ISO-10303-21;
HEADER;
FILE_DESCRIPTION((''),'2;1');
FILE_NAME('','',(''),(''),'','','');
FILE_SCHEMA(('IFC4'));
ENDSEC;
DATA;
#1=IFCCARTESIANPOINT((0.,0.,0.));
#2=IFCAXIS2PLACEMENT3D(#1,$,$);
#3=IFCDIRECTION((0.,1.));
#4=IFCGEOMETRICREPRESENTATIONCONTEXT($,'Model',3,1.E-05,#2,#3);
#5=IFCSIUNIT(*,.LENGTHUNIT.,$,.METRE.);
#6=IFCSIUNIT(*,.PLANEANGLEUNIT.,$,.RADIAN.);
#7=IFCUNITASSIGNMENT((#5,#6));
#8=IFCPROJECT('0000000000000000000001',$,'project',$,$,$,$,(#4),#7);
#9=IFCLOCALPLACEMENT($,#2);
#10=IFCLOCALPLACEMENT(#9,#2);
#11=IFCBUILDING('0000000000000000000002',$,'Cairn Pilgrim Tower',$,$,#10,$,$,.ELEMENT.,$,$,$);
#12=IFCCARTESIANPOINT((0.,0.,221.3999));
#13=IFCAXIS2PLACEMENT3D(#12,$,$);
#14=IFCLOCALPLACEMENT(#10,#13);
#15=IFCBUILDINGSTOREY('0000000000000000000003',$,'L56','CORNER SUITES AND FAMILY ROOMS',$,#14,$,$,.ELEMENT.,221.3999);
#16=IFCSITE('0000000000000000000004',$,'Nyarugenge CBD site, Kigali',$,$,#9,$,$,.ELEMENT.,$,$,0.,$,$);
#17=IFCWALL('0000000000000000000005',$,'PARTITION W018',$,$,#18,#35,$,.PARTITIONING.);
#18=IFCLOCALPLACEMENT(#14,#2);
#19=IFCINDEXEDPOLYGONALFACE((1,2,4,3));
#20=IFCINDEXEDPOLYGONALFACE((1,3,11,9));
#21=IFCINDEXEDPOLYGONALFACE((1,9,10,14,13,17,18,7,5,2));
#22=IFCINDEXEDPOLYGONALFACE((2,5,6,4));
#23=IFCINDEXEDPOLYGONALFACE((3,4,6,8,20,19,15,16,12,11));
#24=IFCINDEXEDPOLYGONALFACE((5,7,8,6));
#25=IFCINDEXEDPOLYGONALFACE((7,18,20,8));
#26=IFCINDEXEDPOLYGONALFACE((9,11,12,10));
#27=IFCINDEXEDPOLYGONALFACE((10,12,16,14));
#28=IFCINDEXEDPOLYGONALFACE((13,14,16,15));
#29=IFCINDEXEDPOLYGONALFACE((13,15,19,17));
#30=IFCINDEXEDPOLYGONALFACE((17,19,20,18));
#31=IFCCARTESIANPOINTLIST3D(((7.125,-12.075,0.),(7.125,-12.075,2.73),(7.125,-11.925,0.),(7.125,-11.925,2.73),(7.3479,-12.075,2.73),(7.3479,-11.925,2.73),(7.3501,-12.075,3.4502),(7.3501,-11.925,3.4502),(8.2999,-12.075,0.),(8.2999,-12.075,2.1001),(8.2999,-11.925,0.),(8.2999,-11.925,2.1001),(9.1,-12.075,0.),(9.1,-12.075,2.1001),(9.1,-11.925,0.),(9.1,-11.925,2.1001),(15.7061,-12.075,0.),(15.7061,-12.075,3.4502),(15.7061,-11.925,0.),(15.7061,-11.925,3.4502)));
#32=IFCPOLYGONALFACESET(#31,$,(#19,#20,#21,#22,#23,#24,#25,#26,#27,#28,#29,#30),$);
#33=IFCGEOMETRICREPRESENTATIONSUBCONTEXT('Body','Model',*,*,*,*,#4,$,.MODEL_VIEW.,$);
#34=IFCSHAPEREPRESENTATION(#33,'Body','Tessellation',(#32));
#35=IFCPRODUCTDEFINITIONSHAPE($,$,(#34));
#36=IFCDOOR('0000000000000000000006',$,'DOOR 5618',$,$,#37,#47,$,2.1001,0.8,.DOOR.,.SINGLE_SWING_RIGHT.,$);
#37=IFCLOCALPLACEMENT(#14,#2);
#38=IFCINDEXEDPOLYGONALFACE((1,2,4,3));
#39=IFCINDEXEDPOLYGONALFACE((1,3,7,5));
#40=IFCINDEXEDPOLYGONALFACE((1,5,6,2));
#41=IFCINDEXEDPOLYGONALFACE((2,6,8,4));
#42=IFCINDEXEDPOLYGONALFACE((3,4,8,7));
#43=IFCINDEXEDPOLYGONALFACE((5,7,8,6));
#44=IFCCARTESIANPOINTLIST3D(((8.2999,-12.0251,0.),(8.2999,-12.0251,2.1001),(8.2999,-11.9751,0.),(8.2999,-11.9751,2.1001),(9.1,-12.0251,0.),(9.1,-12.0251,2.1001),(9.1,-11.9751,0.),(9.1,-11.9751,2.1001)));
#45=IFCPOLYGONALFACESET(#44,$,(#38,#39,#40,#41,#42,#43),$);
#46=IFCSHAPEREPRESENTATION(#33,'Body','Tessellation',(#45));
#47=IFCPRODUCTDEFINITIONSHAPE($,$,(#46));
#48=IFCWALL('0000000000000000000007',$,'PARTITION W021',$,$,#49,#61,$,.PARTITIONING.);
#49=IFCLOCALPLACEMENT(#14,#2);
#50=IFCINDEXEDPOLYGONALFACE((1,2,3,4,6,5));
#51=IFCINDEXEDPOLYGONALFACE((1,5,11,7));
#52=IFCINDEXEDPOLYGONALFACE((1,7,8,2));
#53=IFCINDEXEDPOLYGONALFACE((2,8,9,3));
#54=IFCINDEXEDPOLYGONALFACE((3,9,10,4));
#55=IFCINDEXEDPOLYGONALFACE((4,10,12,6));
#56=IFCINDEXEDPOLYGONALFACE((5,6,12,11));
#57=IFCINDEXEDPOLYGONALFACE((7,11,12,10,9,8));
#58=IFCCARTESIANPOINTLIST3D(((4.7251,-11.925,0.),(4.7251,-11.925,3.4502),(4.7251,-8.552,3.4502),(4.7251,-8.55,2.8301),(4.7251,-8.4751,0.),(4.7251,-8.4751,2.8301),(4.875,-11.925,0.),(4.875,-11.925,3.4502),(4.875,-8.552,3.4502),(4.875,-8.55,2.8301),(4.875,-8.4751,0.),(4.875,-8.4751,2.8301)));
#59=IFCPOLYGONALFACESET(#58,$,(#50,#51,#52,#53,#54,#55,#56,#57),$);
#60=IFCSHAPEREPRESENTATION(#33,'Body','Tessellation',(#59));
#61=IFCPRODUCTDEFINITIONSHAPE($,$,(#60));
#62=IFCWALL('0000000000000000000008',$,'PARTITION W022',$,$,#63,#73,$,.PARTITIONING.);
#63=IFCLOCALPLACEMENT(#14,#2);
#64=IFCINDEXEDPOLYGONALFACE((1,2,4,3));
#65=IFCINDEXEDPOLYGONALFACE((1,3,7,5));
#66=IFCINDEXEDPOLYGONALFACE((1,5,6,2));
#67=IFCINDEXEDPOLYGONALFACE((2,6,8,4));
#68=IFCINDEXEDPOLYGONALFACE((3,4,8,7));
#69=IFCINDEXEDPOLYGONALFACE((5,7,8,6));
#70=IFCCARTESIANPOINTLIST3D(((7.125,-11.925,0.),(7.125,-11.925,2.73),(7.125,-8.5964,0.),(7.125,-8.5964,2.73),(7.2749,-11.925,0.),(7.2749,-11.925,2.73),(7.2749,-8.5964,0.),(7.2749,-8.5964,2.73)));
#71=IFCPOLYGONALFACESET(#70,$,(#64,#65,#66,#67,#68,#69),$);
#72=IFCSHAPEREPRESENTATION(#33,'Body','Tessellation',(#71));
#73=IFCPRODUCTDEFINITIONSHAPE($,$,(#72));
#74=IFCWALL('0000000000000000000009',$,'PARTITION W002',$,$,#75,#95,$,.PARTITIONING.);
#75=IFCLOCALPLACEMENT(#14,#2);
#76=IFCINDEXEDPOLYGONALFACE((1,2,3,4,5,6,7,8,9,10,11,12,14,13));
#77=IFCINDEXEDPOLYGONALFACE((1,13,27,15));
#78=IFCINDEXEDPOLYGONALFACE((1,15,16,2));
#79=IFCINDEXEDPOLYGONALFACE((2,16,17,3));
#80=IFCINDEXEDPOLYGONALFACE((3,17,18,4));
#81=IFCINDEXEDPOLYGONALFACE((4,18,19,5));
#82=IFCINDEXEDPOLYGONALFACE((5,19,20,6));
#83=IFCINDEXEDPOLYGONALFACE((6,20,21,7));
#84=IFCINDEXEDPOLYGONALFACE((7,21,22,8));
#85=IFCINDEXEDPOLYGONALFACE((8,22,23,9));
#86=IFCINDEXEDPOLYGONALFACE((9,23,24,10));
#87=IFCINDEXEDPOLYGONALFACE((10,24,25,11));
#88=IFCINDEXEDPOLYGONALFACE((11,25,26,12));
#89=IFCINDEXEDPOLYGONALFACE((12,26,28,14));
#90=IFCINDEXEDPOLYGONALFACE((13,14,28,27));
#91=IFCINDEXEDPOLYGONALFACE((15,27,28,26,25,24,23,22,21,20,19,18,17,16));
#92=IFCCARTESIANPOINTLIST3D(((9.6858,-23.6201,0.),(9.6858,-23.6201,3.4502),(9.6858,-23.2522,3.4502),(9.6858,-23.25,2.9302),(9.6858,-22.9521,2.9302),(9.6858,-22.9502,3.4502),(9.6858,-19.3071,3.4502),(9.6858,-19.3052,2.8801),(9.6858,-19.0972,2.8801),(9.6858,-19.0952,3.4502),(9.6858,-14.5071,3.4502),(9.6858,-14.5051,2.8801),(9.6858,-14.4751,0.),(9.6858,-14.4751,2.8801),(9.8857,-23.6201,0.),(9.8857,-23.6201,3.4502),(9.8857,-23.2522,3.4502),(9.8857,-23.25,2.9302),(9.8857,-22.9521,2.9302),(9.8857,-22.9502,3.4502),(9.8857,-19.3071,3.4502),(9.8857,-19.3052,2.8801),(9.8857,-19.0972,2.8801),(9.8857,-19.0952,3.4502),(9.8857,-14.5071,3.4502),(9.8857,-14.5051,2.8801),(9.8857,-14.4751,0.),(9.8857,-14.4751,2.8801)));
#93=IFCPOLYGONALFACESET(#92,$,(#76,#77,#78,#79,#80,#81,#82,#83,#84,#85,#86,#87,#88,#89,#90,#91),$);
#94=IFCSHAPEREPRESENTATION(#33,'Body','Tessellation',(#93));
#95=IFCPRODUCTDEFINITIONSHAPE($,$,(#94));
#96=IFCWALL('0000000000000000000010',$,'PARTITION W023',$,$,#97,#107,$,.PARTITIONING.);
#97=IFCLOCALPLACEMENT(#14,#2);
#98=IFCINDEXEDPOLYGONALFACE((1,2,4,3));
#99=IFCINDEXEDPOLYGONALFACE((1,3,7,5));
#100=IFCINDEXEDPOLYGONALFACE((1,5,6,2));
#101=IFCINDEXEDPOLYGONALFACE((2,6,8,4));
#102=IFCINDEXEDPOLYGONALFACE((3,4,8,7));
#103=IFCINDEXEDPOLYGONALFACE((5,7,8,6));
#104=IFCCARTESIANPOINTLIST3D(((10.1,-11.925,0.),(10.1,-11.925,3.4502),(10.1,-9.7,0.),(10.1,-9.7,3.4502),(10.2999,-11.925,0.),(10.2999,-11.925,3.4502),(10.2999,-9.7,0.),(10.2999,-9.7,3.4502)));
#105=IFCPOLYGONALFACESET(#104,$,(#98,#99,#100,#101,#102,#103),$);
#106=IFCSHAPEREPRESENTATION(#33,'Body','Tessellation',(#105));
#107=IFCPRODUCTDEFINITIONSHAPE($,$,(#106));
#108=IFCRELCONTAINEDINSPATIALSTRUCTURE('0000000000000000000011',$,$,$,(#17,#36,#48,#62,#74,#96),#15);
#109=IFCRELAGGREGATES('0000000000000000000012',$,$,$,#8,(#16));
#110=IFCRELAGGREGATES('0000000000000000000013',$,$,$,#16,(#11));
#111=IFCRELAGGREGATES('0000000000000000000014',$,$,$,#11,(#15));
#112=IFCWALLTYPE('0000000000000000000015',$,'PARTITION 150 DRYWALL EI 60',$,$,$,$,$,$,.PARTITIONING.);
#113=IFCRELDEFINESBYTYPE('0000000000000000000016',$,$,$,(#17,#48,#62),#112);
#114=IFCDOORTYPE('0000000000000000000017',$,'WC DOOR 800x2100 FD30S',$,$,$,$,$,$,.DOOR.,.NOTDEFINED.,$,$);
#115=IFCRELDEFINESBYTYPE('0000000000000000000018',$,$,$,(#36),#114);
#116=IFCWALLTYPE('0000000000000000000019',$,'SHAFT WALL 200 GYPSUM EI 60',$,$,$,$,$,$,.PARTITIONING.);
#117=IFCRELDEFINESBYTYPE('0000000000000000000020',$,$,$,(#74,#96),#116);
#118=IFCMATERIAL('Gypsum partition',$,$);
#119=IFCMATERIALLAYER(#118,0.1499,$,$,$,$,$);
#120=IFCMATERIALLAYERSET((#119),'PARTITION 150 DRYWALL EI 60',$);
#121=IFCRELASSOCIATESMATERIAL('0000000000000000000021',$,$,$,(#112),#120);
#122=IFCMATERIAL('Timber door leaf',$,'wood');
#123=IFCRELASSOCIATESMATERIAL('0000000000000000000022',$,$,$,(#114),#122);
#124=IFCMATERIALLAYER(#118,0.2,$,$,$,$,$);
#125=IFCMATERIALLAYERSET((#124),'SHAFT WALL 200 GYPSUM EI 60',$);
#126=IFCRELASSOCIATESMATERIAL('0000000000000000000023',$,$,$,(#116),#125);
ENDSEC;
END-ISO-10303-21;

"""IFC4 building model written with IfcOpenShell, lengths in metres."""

from ifc_helpers import new_model, si_unit, direction, frame, frame_2d, origin, place, context, subcontext, project, spatial, polyline, rectangle, outline, extrude, material, layer, layer_set, type_object, element, fill, save


model = new_model("IFC4")

# Units and contexts
model_context = context("Model", 3, precision=1e-05, world=origin(), true_north=direction((0.0, 1.0)))
body_context = subcontext(model_context, "Body", "Model", "MODEL_VIEW")
ifc_project = project(units=[si_unit("LENGTHUNIT", "METRE"), si_unit("PLANEANGLEUNIT", "RADIAN")], contexts=[model_context])

# Site, building, storey
site_placement = place(None, origin())
site = spatial("IfcSite", under=ifc_project, at=site_placement, Name="Nyarugenge CBD site, Kigali", CompositionType="ELEMENT", RefElevation=0.0)
building_placement = place(site_placement, origin())
building = spatial("IfcBuilding", under=site, at=building_placement, Name="Cairn Pilgrim Tower", CompositionType="ELEMENT")
storey_placement = place(building_placement, frame((0.0, 0.0, 221.3999)))
storey = spatial("IfcBuildingStorey", under=building, at=storey_placement, Name="L56", Description="CORNER SUITES AND FAMILY ROOMS", CompositionType="ELEMENT", Elevation=221.3999)

# Shared definitions
ifc_material_1 = material(Name="Gypsum partition")

# Wall, opening, door
ifc_material_2 = material(Name="Timber door leaf", Category="wood")
ifc_layer_1 = layer(ifc_material_1, 0.1499)
ifc_layer_set_1 = layer_set([ifc_layer_1], Name="PARTITION 150 DRYWALL EI 60")
wall_type_1 = type_object("IfcWallType", Name="PARTITION 150 DRYWALL EI 60", PredefinedType="PARTITIONING", material=ifc_layer_set_1)
wall_1_placement = place(storey_placement, frame((7.125, -12.0, 0.0), z_axis=(0.0, 0.0, 1.0), x_axis=(1.0, 0.0, 0.0)))
wall_1 = element("IfcWall", 1, at=wall_1_placement, inside=storey, type_object=wall_type_1, Name="PARTITION W018", PredefinedType="PARTITIONING", context=body_context, shape_type="SweptSolid", body=[
    extrude(outline(polyline([(0.0, 0.0), (8.5811, 0.0), (8.5811, 3.4502), (0.2251, 3.4502), (0.2229, 2.73), (0.0, 2.73), (0.0, 0.0)])), frame((0.0, 0.075, 0.0), z_axis=(0.0, -1.0, 0.0), x_axis=(1.0, 0.0, 0.0)), (0.0, 0.0, 1.0), 0.1499),
])
opening_1_placement = place(wall_1_placement, frame((1.175, 0.0, 0.0)))
opening_1 = element("IfcOpeningElement", 2, at=opening_1_placement, cuts=wall_1, PredefinedType="OPENING", context=body_context, shape_type="SweptSolid", body=[
    extrude(rectangle(XDim=0.8, YDim=2.1001, at=frame_2d((0.3999, 1.05))), frame((0.0, 0.085, 0.0), z_axis=(0.0, -1.0, 0.0), x_axis=(1.0, 0.0, 0.0)), (0.0, 0.0, 1.0), 0.1699),
])
door_type_1 = type_object("IfcDoorType", Name="WC DOOR 800x2100 FD30S", OperationType="NOTDEFINED", PredefinedType="DOOR", material=ifc_material_2)
door_1_placement = place(opening_1_placement, origin())
door_1 = element("IfcDoor", 3, at=door_1_placement, inside=storey, type_object=door_type_1, Name="DOOR 5618", OperationType="SINGLE_SWING_RIGHT", OverallHeight=2.1001, OverallWidth=0.8, PredefinedType="DOOR", context=body_context, shape_type="SweptSolid", body=[
    extrude(rectangle(XDim=0.8, YDim=2.1001, at=frame_2d((0.3999, 1.05))), frame((0.0, 0.0249, 0.0), z_axis=(0.0, -1.0, 0.0), x_axis=(1.0, 0.0, 0.0)), (0.0, 0.0, 1.0), 0.05),
])
fill(opening_1, door_1)

# Walls
wall_2_placement = place(storey_placement, frame((4.8, -11.925, 0.0), z_axis=(0.0, 0.0, 1.0), x_axis=(0.0, 1.0, 0.0)))
element("IfcWall", 4, at=wall_2_placement, inside=storey, type_object=wall_type_1, Name="PARTITION W021", PredefinedType="PARTITIONING", context=body_context, shape_type="SweptSolid", body=[
    extrude(outline(polyline([(0.0, 0.0), (3.45, 0.0), (3.45, 2.8301), (3.375, 2.8301), (3.373, 3.4502), (0.0, 3.4502), (0.0, 0.0)])), frame((0.0, 0.075, 0.0), z_axis=(0.0, -1.0, 0.0), x_axis=(1.0, 0.0, 0.0)), (0.0, 0.0, 1.0), 0.1499),
])
wall_3_placement = place(storey_placement, frame((7.2, -11.925, 0.0), z_axis=(0.0, 0.0, 1.0), x_axis=(0.0, 1.0, 0.0)))
element("IfcWall", 5, at=wall_3_placement, inside=storey, type_object=wall_type_1, Name="PARTITION W022", PredefinedType="PARTITIONING", context=body_context, shape_type="SweptSolid", body=[
    extrude(rectangle(XDim=3.3286, YDim=0.1499, at=frame_2d((1.6643, 0.0))), origin(), (0.0, 0.0, 1.0), 2.73),
])
ifc_layer_2 = layer(ifc_material_1, 0.2)
ifc_layer_set_2 = layer_set([ifc_layer_2], Name="SHAFT WALL 200 GYPSUM EI 60")
wall_type_2 = type_object("IfcWallType", Name="SHAFT WALL 200 GYPSUM EI 60", PredefinedType="PARTITIONING", material=ifc_layer_set_2)
wall_4_placement = place(storey_placement, frame((9.7859, -23.6201, 0.0), z_axis=(0.0, 0.0, 1.0), x_axis=(0.0, 1.0, 0.0)))
element("IfcWall", 6, at=wall_4_placement, inside=storey, type_object=wall_type_2, Name="PARTITION W002", PredefinedType="PARTITIONING", context=body_context, shape_type="SweptSolid", body=[
    extrude(outline(polyline([(0.0, 0.0), (9.145, 0.0), (9.145, 2.8801), (9.115, 2.8801), (9.113, 3.4502), (4.5249, 3.4502), (4.5229, 2.8801), (4.3149, 2.8801), (4.313, 3.4502), (0.6699, 3.4502), (0.668, 2.9302), (0.3701, 2.9302), (0.3679, 3.4502), (0.0, 3.4502), (0.0, 0.0)])), frame((0.0, 0.1001, 0.0), z_axis=(0.0, -1.0, 0.0), x_axis=(1.0, 0.0, 0.0)), (0.0, 0.0, 1.0), 0.2),
])
wall_5_placement = place(storey_placement, frame((10.2, -11.925, 0.0), z_axis=(0.0, 0.0, 1.0), x_axis=(0.0, 1.0, 0.0)))
element("IfcWall", 7, at=wall_5_placement, inside=storey, type_object=wall_type_2, Name="PARTITION W023", PredefinedType="PARTITIONING", context=body_context, shape_type="SweptSolid", body=[
    extrude(rectangle(XDim=2.2251, YDim=0.2, at=frame_2d((1.1125, 0.0))), origin(), (0.0, 0.0, 1.0), 3.4502),
])

save(model, "model.ifc")
